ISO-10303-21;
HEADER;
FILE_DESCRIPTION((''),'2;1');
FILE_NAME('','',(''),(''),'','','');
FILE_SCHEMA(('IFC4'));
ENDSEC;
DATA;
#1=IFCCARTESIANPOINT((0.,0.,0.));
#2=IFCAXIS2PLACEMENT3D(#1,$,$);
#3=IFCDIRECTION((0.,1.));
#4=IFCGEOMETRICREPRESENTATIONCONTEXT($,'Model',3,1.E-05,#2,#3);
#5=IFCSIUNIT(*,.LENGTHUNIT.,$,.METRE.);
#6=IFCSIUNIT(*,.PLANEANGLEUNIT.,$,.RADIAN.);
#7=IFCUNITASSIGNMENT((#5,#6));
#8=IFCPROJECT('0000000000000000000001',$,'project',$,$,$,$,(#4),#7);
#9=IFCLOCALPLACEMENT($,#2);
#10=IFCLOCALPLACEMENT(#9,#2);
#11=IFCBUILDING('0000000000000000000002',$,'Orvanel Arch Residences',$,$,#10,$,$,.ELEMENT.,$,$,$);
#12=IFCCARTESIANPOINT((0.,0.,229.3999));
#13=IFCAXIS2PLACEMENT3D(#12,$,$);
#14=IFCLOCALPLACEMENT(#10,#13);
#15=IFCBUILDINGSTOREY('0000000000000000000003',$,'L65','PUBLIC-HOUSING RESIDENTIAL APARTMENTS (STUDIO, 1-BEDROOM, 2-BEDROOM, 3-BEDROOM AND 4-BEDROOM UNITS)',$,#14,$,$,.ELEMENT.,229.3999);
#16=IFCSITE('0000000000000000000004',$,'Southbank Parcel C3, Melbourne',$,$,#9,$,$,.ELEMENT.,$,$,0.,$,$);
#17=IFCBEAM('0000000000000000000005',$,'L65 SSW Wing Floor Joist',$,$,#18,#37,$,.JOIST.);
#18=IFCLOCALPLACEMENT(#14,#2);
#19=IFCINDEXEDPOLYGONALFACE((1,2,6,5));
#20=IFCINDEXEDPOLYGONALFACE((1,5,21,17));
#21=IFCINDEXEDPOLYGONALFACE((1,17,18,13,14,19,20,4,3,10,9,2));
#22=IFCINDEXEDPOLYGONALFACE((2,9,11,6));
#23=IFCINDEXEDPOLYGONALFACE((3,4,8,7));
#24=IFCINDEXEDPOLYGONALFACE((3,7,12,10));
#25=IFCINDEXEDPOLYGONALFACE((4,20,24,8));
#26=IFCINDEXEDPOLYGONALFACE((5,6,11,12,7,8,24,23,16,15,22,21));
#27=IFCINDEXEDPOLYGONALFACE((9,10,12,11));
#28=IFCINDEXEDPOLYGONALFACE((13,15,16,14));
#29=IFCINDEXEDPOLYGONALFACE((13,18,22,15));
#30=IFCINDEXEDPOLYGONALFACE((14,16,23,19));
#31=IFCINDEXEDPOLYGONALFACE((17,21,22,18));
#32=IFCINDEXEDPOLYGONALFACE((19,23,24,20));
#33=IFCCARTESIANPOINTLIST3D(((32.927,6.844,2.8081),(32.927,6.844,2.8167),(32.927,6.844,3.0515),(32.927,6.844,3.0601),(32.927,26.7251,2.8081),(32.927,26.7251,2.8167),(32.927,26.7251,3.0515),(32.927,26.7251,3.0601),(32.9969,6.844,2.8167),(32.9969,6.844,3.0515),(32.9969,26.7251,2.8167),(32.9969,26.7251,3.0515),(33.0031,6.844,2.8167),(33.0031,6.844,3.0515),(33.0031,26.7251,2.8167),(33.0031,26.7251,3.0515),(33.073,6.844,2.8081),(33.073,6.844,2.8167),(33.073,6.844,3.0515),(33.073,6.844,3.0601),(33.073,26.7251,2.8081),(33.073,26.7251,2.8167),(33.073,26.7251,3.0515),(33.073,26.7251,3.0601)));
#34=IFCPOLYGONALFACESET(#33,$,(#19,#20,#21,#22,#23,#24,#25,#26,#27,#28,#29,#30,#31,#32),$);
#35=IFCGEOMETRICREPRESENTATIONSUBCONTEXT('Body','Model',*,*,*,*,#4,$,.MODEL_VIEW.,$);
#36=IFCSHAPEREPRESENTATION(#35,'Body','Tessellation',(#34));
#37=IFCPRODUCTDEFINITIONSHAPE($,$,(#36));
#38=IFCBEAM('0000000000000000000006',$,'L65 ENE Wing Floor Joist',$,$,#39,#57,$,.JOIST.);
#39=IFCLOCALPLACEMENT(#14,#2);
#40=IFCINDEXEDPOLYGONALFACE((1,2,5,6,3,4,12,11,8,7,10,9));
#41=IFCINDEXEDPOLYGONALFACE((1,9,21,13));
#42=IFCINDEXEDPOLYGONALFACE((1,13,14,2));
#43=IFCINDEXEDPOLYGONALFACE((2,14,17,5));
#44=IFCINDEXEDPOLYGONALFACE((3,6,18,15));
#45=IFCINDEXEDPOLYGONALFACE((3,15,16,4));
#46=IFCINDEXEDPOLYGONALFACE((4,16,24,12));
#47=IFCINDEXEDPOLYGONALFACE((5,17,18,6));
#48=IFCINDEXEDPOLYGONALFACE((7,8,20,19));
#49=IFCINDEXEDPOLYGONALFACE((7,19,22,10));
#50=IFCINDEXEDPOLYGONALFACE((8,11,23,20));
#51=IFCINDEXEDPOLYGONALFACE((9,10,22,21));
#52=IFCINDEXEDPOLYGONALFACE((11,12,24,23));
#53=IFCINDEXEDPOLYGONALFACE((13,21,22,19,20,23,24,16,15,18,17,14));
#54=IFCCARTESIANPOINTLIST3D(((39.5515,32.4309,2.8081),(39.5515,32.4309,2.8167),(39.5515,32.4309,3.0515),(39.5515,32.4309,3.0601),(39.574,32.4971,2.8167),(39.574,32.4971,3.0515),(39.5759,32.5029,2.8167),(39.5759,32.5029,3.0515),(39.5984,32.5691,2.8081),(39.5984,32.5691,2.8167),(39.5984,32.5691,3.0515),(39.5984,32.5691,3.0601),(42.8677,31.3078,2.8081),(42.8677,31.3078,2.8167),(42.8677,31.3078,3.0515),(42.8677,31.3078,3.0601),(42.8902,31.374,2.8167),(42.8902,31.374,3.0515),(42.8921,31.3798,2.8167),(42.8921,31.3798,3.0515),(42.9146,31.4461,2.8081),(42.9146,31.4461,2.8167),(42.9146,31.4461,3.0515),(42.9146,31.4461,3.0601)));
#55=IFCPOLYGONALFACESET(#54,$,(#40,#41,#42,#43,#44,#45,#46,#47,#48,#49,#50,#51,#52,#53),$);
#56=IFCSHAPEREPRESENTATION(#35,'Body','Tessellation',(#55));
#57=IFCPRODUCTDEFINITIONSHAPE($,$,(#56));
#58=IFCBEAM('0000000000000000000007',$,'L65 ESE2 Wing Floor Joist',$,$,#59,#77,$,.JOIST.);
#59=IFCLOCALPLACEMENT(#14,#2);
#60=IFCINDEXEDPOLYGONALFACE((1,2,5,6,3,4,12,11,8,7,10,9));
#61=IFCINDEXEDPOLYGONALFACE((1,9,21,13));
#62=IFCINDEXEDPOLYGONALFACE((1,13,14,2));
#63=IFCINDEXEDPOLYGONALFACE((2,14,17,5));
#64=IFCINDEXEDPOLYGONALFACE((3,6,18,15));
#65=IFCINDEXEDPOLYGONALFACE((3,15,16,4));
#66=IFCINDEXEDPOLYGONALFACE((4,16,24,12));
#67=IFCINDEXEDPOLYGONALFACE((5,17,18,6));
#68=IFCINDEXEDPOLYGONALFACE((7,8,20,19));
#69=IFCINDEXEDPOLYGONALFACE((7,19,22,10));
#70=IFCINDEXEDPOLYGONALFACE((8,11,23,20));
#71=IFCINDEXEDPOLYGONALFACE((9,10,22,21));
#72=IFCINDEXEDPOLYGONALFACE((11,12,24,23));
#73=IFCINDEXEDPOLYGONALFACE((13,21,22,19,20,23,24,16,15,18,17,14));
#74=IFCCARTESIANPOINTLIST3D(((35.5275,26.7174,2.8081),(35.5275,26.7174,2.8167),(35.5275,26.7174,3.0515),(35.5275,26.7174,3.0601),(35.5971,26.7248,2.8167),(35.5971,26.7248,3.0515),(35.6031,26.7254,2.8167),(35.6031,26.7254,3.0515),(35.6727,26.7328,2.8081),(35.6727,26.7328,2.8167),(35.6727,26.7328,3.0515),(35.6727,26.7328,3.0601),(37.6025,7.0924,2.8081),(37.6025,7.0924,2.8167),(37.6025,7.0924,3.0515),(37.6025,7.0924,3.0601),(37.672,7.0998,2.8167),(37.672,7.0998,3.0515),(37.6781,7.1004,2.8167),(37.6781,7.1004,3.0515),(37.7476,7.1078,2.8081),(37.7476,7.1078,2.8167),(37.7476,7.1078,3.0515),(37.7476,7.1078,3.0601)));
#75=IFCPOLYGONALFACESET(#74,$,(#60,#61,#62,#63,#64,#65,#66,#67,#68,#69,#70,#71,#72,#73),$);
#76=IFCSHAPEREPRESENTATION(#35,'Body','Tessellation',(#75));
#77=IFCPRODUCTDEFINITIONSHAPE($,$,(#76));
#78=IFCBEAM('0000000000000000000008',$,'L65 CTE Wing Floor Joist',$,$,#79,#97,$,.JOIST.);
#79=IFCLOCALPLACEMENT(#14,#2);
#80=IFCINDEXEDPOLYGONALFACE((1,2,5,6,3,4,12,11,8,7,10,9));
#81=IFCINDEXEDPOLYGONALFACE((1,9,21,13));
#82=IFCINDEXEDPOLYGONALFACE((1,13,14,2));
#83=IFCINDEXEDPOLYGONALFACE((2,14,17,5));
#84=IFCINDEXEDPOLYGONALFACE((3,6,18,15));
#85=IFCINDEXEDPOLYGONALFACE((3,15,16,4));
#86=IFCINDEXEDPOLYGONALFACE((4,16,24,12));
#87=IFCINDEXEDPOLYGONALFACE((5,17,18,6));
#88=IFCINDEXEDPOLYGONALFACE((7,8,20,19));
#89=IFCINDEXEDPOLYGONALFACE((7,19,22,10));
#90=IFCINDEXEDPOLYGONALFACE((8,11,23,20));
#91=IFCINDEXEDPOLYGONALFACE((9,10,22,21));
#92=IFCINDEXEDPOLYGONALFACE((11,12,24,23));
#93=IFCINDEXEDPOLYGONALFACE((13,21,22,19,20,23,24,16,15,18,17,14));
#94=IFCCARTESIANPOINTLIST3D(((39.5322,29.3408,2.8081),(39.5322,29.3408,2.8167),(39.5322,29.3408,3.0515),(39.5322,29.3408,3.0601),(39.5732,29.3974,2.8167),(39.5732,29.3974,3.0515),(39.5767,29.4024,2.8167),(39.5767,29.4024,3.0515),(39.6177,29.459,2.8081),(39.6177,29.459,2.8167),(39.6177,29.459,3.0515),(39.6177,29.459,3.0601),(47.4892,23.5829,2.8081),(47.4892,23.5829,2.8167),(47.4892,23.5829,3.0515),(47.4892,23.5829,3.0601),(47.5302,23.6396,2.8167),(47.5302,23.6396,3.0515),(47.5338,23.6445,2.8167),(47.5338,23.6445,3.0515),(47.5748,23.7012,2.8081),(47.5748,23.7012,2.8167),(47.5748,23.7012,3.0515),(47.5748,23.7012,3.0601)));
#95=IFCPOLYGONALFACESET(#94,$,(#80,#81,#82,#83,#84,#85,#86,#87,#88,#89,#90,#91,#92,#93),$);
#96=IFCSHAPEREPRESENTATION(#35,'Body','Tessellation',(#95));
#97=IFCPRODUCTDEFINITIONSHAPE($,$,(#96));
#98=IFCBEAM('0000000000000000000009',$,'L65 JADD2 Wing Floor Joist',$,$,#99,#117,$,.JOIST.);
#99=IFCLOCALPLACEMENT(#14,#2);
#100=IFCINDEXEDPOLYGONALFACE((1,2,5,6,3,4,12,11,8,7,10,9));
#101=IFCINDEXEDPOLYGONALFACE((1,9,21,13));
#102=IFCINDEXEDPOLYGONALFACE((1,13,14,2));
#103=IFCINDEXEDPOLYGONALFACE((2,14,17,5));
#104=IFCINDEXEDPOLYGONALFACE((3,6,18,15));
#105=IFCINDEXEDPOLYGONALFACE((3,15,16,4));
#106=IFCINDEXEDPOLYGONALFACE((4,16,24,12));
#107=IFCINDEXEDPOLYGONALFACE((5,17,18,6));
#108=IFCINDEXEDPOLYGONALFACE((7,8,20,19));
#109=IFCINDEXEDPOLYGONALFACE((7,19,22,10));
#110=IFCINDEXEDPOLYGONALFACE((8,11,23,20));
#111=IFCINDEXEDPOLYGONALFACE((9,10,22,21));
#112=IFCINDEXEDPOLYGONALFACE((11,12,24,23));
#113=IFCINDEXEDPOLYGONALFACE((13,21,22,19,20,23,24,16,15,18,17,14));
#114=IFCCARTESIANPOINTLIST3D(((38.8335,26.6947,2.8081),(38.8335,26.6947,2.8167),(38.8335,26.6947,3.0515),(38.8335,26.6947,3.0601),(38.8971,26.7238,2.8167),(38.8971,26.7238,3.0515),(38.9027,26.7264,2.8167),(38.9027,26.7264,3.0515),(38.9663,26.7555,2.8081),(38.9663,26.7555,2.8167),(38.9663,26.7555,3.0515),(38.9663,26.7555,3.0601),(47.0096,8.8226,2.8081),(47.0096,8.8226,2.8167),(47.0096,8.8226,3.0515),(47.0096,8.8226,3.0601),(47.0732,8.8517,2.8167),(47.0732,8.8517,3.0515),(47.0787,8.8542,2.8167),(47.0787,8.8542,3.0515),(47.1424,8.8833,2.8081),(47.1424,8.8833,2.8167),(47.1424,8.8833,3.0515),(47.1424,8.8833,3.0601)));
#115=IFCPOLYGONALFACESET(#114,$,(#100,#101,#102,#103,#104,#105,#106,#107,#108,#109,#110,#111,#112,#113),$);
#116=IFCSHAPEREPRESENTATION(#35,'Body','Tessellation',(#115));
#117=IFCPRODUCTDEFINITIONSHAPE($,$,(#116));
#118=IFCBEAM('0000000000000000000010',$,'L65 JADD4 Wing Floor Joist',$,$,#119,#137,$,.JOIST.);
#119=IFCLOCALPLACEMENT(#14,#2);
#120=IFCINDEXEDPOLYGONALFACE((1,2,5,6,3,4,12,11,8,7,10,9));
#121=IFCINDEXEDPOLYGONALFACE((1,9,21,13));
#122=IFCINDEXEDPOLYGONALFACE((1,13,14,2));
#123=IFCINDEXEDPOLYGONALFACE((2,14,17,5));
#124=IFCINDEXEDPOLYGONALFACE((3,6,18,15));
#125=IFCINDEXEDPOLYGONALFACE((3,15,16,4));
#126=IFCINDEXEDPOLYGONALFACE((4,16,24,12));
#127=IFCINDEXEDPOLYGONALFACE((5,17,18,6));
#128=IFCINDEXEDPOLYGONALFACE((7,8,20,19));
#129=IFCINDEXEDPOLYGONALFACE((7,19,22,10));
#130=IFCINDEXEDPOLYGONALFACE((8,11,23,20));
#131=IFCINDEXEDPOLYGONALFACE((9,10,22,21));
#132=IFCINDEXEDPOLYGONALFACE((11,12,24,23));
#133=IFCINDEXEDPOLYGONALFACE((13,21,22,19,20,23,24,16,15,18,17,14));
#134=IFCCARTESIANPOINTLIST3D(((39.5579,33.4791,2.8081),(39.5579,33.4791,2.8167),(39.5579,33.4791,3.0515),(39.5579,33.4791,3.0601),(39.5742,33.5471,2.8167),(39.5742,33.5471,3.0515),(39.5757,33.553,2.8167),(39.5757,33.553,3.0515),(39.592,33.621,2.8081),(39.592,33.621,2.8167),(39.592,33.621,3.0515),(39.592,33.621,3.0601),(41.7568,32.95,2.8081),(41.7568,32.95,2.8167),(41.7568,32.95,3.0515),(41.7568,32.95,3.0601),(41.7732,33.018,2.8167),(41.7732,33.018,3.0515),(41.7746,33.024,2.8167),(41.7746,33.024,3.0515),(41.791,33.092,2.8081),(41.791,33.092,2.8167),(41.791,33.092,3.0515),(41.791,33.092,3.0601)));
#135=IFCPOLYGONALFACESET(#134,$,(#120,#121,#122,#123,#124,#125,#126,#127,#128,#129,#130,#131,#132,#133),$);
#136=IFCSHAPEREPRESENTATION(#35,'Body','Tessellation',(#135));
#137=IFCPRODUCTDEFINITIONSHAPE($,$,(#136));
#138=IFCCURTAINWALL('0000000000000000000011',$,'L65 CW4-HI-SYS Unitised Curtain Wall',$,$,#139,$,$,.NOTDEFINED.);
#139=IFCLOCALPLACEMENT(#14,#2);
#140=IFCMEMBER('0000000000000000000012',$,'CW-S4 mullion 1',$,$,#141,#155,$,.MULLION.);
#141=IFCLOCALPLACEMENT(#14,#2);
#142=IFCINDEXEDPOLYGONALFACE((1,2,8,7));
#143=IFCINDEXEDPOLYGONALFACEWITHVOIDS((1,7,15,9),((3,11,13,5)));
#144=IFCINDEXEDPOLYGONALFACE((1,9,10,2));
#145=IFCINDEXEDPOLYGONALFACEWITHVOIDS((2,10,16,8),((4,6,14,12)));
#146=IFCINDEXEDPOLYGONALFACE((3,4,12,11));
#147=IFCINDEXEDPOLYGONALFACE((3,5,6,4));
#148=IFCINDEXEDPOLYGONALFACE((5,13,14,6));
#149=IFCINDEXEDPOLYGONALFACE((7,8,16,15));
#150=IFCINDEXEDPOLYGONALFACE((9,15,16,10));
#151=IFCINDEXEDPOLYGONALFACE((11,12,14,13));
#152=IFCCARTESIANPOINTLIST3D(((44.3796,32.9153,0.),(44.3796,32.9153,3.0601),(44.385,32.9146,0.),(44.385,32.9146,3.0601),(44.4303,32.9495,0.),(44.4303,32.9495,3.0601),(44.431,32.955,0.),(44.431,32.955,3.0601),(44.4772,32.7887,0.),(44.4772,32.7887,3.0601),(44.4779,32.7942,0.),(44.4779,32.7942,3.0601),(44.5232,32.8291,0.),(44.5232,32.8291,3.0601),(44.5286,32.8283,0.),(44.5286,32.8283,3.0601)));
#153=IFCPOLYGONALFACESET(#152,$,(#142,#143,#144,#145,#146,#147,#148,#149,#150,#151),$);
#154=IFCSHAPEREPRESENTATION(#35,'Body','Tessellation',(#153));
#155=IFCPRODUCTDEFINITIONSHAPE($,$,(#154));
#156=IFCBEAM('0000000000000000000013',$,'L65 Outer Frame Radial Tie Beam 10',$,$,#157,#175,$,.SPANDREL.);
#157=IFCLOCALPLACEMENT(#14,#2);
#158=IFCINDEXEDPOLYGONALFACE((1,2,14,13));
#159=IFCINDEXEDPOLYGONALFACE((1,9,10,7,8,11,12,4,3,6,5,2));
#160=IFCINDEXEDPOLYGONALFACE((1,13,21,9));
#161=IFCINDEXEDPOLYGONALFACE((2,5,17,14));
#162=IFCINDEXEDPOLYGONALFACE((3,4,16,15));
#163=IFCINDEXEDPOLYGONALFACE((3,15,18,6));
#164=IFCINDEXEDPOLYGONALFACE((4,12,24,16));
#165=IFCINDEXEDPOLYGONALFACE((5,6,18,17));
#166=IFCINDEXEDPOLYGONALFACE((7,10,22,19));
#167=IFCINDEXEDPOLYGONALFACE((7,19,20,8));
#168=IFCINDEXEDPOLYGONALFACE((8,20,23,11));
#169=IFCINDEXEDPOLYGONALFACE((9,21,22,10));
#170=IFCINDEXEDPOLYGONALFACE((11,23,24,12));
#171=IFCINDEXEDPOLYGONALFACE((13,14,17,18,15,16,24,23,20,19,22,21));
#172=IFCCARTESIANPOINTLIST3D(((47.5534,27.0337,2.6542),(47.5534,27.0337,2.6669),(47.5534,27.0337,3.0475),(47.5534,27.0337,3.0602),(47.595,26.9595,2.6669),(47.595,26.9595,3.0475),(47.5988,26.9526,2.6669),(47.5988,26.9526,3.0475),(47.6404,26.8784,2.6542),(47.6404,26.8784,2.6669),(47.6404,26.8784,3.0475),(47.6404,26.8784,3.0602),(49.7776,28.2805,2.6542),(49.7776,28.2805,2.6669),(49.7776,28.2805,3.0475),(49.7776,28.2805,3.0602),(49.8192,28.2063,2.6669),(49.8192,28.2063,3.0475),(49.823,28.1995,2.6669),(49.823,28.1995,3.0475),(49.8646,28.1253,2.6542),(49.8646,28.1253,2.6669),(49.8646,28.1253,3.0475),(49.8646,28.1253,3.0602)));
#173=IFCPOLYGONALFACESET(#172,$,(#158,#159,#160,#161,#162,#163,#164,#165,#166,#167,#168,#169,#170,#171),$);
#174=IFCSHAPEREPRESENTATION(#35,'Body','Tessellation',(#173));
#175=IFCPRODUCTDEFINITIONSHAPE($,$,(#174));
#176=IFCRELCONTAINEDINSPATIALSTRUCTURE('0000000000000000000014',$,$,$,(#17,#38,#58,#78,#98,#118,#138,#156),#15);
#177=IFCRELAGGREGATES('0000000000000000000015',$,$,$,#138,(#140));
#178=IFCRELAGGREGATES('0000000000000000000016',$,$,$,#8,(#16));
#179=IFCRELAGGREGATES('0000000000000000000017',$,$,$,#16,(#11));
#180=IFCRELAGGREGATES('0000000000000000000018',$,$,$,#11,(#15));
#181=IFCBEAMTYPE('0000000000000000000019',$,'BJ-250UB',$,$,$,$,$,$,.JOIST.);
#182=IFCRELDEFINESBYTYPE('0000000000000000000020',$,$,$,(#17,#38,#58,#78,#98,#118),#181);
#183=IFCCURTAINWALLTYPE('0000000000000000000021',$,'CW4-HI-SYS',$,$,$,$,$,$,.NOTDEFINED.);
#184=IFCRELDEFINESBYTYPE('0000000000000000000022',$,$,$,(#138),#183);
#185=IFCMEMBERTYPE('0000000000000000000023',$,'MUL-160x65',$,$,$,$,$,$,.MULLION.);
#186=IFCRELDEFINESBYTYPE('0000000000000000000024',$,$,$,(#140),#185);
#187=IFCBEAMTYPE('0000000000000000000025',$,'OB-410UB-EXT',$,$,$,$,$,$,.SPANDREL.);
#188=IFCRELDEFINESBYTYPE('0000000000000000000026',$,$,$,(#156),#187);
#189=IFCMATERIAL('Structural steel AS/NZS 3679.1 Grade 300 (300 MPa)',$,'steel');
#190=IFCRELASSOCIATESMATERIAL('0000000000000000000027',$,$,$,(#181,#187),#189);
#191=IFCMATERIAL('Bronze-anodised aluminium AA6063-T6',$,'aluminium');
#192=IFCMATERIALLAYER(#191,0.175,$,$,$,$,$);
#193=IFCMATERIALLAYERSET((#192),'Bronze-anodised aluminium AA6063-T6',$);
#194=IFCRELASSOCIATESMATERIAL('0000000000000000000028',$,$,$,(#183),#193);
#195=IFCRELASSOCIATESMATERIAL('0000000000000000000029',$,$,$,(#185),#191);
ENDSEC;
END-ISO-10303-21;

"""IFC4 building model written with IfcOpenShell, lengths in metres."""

from ifc_helpers import new_model, si_unit, direction, frame, origin, origin_2d, place, context, subcontext, project, spatial, hollow_rectangle, i_section, extrude, material, layer, layer_set, material_profile, profile_set, type_object, element, aggregate, save


model = new_model("IFC4")

# Units and contexts
model_context = context("Model", 3, precision=1e-05, world=origin(), true_north=direction((0.0, 1.0)))
body_context = subcontext(model_context, "Body", "Model", "MODEL_VIEW")
ifc_project = project(units=[si_unit("LENGTHUNIT", "METRE"), si_unit("PLANEANGLEUNIT", "RADIAN")], contexts=[model_context])

# Site, building, storey
site_placement = place(None, origin())
site = spatial("IfcSite", under=ifc_project, at=site_placement, Name="Southbank Parcel C3, Melbourne", CompositionType="ELEMENT", RefElevation=0.0)
building_placement = place(site_placement, origin())
building = spatial("IfcBuilding", under=site, at=building_placement, Name="Orvanel Arch Residences", CompositionType="ELEMENT")
storey_placement = place(building_placement, frame((0.0, 0.0, 229.3999)))
storey = spatial("IfcBuildingStorey", under=building, at=storey_placement, Name="L65", Description="PUBLIC-HOUSING RESIDENTIAL APARTMENTS (STUDIO, 1-BEDROOM, 2-BEDROOM, 3-BEDROOM AND 4-BEDROOM UNITS)", CompositionType="ELEMENT", Elevation=229.3999)

# Beams
ifc_material_1 = material(Name="Structural steel AS/NZS 3679.1 Grade 300 (300 MPa)", Category="steel")
ifc_material_profile_1 = material_profile(ifc_material_1, i_section(OverallWidth=0.146, OverallDepth=0.252, WebThickness=0.0061, FlangeThickness=0.0085, at=origin_2d()), Name="250UB31.4")
ifc_profile_set_1 = profile_set([ifc_material_profile_1], Name="Structural steel AS/NZS 3679.1 Grade 300 (300 MPa)")
beam_type_1 = type_object("IfcBeamType", Name="BJ-250UB", PredefinedType="JOIST", material=ifc_profile_set_1)
beam_1_placement = place(storey_placement, frame((33.0, 26.7251, 2.9341), z_axis=(0.0, -1.0, 0.0), x_axis=(1.0, 0.0, 0.0)))
element("IfcBeam", 1, at=beam_1_placement, inside=storey, type_object=beam_type_1, Name="L65 SSW Wing Floor Joist", PredefinedType="JOIST", context=body_context, shape_type="SweptSolid", body=[
    extrude(i_section(OverallWidth=0.146, OverallDepth=0.252, WebThickness=0.0061, FlangeThickness=0.0085, at=origin_2d()), origin(), (0.0, 0.0, 1.0), 19.8811),
])
beam_2_placement = place(storey_placement, frame((39.575, 32.5, 2.9341), z_axis=(0.947159, -0.320764, 0.0), x_axis=(0.320764, 0.947159, 0.0)))
element("IfcBeam", 2, at=beam_2_placement, inside=storey, type_object=beam_type_1, Name="L65 ENE Wing Floor Joist", PredefinedType="JOIST", context=body_context, shape_type="SweptSolid", body=[
    extrude(i_section(OverallWidth=0.146, OverallDepth=0.252, WebThickness=0.0061, FlangeThickness=0.0085, at=origin_2d()), origin(), (0.0, 0.0, 1.0), 3.5012),
])
beam_3_placement = place(storey_placement, frame((35.6001, 26.7251, 2.9341), z_axis=(0.105144, -0.994457, 0.0), x_axis=(0.994457, 0.105144, 0.0)))
element("IfcBeam", 3, at=beam_3_placement, inside=storey, type_object=beam_type_1, Name="L65 ESE2 Wing Floor Joist", PredefinedType="JOIST", context=body_context, shape_type="SweptSolid", body=[
    extrude(i_section(OverallWidth=0.146, OverallDepth=0.252, WebThickness=0.0061, FlangeThickness=0.0085, at=origin_2d()), origin(), (0.0, 0.0, 1.0), 19.7344),
])
beam_4_placement = place(storey_placement, frame((39.575, 29.3999, 2.9341), z_axis=(0.810144, -0.586231, 0.0), x_axis=(0.586231, 0.810144, 0.0)))
element("IfcBeam", 4, at=beam_4_placement, inside=storey, type_object=beam_type_1, Name="L65 CTE Wing Floor Joist", PredefinedType="JOIST", context=body_context, shape_type="SweptSolid", body=[
    extrude(i_section(OverallWidth=0.146, OverallDepth=0.252, WebThickness=0.0061, FlangeThickness=0.0085, at=origin_2d()), origin(), (0.0, 0.0, 1.0), 9.8218),
])
beam_5_placement = place(storey_placement, frame((38.8999, 26.7251, 2.9341), z_axis=(0.41601, -0.90936, 0.0), x_axis=(0.90936, 0.41601, 0.0)))
element("IfcBeam", 5, at=beam_5_placement, inside=storey, type_object=beam_type_1, Name="L65 JADD2 Wing Floor Joist", PredefinedType="JOIST", context=body_context, shape_type="SweptSolid", body=[
    extrude(i_section(OverallWidth=0.146, OverallDepth=0.252, WebThickness=0.0061, FlangeThickness=0.0085, at=origin_2d()), origin(), (0.0, 0.0, 1.0), 19.6536),
])
beam_6_placement = place(storey_placement, frame((39.575, 33.55, 2.9341), z_axis=(0.972257, -0.233916, 0.0), x_axis=(0.233916, 0.972257, 0.0)))
element("IfcBeam", 6, at=beam_6_placement, inside=storey, type_object=beam_type_1, Name="L65 JADD4 Wing Floor Joist", PredefinedType="JOIST", context=body_context, shape_type="SweptSolid", body=[
    extrude(i_section(OverallWidth=0.146, OverallDepth=0.252, WebThickness=0.0061, FlangeThickness=0.0085, at=origin_2d()), origin(), (0.0, 0.0, 1.0), 2.2617),
])

# Curtain wall, member
ifc_material_2 = material(Name="Bronze-anodised aluminium AA6063-T6", Category="aluminium")
ifc_layer_1 = layer(ifc_material_2, 0.175)
ifc_layer_set_1 = layer_set([ifc_layer_1], Name="Bronze-anodised aluminium AA6063-T6")
curtain_wall_type = type_object("IfcCurtainWallType", Name="CW4-HI-SYS", PredefinedType="NOTDEFINED", material=ifc_layer_set_1)
curtain_wall_placement = place(storey_placement, origin())
curtain_wall = element("IfcCurtainWall", 7, at=curtain_wall_placement, inside=storey, type_object=curtain_wall_type, Name="L65 CW4-HI-SYS Unitised Curtain Wall", PredefinedType="NOTDEFINED")
ifc_material_profile_2 = material_profile(ifc_material_2, hollow_rectangle(XDim=0.0649, YDim=0.1599, WallThickness=0.0039, at=origin_2d()), Name="ALU160x65x4")
ifc_profile_set_2 = profile_set([ifc_material_profile_2], Name="Bronze-anodised aluminium AA6063-T6")
member_type_1 = type_object("IfcMemberType", Name="MUL-160x65", PredefinedType="MULLION", material=ifc_profile_set_2)
member_1_placement = place(storey_placement, frame((44.4541, 32.8718, 0.0), z_axis=(0.0, 0.0, 1.0), x_axis=(-0.791846, -0.610721, 0.0)))
member_1 = element("IfcMember", 8, at=member_1_placement, type_object=member_type_1, Name="CW-S4 mullion 1", PredefinedType="MULLION", context=body_context, shape_type="SweptSolid", body=[
    extrude(hollow_rectangle(XDim=0.0649, YDim=0.1599, WallThickness=0.0039, at=origin_2d()), origin(), (0.0, 0.0, 1.0), 3.0601),
])

# Beam
ifc_material_profile_3 = material_profile(ifc_material_1, i_section(OverallWidth=0.178, OverallDepth=0.406, WebThickness=0.0078, FlangeThickness=0.0127, at=origin_2d()), Name="410UB59.7")
ifc_profile_set_3 = profile_set([ifc_material_profile_3], Name="Structural steel AS/NZS 3679.1 Grade 300 (300 MPa)")
beam_type_2 = type_object("IfcBeamType", Name="OB-410UB-EXT", PredefinedType="SPANDREL", material=ifc_profile_set_3)
beam_7_placement = place(storey_placement, frame((47.5969, 26.9561, 2.8572), z_axis=(0.872286, 0.488997, 0.0), x_axis=(-0.488997, 0.872286, 0.0)))
element("IfcBeam", 9, at=beam_7_placement, inside=storey, type_object=beam_type_2, Name="L65 Outer Frame Radial Tie Beam 10", PredefinedType="SPANDREL", context=body_context, shape_type="SweptSolid", body=[
    extrude(i_section(OverallWidth=0.178, OverallDepth=0.406, WebThickness=0.0078, FlangeThickness=0.0127, at=origin_2d()), origin(), (0.0, 0.0, 1.0), 2.5498),
])

aggregate(curtain_wall, [member_1])

save(model, "model.ifc")
